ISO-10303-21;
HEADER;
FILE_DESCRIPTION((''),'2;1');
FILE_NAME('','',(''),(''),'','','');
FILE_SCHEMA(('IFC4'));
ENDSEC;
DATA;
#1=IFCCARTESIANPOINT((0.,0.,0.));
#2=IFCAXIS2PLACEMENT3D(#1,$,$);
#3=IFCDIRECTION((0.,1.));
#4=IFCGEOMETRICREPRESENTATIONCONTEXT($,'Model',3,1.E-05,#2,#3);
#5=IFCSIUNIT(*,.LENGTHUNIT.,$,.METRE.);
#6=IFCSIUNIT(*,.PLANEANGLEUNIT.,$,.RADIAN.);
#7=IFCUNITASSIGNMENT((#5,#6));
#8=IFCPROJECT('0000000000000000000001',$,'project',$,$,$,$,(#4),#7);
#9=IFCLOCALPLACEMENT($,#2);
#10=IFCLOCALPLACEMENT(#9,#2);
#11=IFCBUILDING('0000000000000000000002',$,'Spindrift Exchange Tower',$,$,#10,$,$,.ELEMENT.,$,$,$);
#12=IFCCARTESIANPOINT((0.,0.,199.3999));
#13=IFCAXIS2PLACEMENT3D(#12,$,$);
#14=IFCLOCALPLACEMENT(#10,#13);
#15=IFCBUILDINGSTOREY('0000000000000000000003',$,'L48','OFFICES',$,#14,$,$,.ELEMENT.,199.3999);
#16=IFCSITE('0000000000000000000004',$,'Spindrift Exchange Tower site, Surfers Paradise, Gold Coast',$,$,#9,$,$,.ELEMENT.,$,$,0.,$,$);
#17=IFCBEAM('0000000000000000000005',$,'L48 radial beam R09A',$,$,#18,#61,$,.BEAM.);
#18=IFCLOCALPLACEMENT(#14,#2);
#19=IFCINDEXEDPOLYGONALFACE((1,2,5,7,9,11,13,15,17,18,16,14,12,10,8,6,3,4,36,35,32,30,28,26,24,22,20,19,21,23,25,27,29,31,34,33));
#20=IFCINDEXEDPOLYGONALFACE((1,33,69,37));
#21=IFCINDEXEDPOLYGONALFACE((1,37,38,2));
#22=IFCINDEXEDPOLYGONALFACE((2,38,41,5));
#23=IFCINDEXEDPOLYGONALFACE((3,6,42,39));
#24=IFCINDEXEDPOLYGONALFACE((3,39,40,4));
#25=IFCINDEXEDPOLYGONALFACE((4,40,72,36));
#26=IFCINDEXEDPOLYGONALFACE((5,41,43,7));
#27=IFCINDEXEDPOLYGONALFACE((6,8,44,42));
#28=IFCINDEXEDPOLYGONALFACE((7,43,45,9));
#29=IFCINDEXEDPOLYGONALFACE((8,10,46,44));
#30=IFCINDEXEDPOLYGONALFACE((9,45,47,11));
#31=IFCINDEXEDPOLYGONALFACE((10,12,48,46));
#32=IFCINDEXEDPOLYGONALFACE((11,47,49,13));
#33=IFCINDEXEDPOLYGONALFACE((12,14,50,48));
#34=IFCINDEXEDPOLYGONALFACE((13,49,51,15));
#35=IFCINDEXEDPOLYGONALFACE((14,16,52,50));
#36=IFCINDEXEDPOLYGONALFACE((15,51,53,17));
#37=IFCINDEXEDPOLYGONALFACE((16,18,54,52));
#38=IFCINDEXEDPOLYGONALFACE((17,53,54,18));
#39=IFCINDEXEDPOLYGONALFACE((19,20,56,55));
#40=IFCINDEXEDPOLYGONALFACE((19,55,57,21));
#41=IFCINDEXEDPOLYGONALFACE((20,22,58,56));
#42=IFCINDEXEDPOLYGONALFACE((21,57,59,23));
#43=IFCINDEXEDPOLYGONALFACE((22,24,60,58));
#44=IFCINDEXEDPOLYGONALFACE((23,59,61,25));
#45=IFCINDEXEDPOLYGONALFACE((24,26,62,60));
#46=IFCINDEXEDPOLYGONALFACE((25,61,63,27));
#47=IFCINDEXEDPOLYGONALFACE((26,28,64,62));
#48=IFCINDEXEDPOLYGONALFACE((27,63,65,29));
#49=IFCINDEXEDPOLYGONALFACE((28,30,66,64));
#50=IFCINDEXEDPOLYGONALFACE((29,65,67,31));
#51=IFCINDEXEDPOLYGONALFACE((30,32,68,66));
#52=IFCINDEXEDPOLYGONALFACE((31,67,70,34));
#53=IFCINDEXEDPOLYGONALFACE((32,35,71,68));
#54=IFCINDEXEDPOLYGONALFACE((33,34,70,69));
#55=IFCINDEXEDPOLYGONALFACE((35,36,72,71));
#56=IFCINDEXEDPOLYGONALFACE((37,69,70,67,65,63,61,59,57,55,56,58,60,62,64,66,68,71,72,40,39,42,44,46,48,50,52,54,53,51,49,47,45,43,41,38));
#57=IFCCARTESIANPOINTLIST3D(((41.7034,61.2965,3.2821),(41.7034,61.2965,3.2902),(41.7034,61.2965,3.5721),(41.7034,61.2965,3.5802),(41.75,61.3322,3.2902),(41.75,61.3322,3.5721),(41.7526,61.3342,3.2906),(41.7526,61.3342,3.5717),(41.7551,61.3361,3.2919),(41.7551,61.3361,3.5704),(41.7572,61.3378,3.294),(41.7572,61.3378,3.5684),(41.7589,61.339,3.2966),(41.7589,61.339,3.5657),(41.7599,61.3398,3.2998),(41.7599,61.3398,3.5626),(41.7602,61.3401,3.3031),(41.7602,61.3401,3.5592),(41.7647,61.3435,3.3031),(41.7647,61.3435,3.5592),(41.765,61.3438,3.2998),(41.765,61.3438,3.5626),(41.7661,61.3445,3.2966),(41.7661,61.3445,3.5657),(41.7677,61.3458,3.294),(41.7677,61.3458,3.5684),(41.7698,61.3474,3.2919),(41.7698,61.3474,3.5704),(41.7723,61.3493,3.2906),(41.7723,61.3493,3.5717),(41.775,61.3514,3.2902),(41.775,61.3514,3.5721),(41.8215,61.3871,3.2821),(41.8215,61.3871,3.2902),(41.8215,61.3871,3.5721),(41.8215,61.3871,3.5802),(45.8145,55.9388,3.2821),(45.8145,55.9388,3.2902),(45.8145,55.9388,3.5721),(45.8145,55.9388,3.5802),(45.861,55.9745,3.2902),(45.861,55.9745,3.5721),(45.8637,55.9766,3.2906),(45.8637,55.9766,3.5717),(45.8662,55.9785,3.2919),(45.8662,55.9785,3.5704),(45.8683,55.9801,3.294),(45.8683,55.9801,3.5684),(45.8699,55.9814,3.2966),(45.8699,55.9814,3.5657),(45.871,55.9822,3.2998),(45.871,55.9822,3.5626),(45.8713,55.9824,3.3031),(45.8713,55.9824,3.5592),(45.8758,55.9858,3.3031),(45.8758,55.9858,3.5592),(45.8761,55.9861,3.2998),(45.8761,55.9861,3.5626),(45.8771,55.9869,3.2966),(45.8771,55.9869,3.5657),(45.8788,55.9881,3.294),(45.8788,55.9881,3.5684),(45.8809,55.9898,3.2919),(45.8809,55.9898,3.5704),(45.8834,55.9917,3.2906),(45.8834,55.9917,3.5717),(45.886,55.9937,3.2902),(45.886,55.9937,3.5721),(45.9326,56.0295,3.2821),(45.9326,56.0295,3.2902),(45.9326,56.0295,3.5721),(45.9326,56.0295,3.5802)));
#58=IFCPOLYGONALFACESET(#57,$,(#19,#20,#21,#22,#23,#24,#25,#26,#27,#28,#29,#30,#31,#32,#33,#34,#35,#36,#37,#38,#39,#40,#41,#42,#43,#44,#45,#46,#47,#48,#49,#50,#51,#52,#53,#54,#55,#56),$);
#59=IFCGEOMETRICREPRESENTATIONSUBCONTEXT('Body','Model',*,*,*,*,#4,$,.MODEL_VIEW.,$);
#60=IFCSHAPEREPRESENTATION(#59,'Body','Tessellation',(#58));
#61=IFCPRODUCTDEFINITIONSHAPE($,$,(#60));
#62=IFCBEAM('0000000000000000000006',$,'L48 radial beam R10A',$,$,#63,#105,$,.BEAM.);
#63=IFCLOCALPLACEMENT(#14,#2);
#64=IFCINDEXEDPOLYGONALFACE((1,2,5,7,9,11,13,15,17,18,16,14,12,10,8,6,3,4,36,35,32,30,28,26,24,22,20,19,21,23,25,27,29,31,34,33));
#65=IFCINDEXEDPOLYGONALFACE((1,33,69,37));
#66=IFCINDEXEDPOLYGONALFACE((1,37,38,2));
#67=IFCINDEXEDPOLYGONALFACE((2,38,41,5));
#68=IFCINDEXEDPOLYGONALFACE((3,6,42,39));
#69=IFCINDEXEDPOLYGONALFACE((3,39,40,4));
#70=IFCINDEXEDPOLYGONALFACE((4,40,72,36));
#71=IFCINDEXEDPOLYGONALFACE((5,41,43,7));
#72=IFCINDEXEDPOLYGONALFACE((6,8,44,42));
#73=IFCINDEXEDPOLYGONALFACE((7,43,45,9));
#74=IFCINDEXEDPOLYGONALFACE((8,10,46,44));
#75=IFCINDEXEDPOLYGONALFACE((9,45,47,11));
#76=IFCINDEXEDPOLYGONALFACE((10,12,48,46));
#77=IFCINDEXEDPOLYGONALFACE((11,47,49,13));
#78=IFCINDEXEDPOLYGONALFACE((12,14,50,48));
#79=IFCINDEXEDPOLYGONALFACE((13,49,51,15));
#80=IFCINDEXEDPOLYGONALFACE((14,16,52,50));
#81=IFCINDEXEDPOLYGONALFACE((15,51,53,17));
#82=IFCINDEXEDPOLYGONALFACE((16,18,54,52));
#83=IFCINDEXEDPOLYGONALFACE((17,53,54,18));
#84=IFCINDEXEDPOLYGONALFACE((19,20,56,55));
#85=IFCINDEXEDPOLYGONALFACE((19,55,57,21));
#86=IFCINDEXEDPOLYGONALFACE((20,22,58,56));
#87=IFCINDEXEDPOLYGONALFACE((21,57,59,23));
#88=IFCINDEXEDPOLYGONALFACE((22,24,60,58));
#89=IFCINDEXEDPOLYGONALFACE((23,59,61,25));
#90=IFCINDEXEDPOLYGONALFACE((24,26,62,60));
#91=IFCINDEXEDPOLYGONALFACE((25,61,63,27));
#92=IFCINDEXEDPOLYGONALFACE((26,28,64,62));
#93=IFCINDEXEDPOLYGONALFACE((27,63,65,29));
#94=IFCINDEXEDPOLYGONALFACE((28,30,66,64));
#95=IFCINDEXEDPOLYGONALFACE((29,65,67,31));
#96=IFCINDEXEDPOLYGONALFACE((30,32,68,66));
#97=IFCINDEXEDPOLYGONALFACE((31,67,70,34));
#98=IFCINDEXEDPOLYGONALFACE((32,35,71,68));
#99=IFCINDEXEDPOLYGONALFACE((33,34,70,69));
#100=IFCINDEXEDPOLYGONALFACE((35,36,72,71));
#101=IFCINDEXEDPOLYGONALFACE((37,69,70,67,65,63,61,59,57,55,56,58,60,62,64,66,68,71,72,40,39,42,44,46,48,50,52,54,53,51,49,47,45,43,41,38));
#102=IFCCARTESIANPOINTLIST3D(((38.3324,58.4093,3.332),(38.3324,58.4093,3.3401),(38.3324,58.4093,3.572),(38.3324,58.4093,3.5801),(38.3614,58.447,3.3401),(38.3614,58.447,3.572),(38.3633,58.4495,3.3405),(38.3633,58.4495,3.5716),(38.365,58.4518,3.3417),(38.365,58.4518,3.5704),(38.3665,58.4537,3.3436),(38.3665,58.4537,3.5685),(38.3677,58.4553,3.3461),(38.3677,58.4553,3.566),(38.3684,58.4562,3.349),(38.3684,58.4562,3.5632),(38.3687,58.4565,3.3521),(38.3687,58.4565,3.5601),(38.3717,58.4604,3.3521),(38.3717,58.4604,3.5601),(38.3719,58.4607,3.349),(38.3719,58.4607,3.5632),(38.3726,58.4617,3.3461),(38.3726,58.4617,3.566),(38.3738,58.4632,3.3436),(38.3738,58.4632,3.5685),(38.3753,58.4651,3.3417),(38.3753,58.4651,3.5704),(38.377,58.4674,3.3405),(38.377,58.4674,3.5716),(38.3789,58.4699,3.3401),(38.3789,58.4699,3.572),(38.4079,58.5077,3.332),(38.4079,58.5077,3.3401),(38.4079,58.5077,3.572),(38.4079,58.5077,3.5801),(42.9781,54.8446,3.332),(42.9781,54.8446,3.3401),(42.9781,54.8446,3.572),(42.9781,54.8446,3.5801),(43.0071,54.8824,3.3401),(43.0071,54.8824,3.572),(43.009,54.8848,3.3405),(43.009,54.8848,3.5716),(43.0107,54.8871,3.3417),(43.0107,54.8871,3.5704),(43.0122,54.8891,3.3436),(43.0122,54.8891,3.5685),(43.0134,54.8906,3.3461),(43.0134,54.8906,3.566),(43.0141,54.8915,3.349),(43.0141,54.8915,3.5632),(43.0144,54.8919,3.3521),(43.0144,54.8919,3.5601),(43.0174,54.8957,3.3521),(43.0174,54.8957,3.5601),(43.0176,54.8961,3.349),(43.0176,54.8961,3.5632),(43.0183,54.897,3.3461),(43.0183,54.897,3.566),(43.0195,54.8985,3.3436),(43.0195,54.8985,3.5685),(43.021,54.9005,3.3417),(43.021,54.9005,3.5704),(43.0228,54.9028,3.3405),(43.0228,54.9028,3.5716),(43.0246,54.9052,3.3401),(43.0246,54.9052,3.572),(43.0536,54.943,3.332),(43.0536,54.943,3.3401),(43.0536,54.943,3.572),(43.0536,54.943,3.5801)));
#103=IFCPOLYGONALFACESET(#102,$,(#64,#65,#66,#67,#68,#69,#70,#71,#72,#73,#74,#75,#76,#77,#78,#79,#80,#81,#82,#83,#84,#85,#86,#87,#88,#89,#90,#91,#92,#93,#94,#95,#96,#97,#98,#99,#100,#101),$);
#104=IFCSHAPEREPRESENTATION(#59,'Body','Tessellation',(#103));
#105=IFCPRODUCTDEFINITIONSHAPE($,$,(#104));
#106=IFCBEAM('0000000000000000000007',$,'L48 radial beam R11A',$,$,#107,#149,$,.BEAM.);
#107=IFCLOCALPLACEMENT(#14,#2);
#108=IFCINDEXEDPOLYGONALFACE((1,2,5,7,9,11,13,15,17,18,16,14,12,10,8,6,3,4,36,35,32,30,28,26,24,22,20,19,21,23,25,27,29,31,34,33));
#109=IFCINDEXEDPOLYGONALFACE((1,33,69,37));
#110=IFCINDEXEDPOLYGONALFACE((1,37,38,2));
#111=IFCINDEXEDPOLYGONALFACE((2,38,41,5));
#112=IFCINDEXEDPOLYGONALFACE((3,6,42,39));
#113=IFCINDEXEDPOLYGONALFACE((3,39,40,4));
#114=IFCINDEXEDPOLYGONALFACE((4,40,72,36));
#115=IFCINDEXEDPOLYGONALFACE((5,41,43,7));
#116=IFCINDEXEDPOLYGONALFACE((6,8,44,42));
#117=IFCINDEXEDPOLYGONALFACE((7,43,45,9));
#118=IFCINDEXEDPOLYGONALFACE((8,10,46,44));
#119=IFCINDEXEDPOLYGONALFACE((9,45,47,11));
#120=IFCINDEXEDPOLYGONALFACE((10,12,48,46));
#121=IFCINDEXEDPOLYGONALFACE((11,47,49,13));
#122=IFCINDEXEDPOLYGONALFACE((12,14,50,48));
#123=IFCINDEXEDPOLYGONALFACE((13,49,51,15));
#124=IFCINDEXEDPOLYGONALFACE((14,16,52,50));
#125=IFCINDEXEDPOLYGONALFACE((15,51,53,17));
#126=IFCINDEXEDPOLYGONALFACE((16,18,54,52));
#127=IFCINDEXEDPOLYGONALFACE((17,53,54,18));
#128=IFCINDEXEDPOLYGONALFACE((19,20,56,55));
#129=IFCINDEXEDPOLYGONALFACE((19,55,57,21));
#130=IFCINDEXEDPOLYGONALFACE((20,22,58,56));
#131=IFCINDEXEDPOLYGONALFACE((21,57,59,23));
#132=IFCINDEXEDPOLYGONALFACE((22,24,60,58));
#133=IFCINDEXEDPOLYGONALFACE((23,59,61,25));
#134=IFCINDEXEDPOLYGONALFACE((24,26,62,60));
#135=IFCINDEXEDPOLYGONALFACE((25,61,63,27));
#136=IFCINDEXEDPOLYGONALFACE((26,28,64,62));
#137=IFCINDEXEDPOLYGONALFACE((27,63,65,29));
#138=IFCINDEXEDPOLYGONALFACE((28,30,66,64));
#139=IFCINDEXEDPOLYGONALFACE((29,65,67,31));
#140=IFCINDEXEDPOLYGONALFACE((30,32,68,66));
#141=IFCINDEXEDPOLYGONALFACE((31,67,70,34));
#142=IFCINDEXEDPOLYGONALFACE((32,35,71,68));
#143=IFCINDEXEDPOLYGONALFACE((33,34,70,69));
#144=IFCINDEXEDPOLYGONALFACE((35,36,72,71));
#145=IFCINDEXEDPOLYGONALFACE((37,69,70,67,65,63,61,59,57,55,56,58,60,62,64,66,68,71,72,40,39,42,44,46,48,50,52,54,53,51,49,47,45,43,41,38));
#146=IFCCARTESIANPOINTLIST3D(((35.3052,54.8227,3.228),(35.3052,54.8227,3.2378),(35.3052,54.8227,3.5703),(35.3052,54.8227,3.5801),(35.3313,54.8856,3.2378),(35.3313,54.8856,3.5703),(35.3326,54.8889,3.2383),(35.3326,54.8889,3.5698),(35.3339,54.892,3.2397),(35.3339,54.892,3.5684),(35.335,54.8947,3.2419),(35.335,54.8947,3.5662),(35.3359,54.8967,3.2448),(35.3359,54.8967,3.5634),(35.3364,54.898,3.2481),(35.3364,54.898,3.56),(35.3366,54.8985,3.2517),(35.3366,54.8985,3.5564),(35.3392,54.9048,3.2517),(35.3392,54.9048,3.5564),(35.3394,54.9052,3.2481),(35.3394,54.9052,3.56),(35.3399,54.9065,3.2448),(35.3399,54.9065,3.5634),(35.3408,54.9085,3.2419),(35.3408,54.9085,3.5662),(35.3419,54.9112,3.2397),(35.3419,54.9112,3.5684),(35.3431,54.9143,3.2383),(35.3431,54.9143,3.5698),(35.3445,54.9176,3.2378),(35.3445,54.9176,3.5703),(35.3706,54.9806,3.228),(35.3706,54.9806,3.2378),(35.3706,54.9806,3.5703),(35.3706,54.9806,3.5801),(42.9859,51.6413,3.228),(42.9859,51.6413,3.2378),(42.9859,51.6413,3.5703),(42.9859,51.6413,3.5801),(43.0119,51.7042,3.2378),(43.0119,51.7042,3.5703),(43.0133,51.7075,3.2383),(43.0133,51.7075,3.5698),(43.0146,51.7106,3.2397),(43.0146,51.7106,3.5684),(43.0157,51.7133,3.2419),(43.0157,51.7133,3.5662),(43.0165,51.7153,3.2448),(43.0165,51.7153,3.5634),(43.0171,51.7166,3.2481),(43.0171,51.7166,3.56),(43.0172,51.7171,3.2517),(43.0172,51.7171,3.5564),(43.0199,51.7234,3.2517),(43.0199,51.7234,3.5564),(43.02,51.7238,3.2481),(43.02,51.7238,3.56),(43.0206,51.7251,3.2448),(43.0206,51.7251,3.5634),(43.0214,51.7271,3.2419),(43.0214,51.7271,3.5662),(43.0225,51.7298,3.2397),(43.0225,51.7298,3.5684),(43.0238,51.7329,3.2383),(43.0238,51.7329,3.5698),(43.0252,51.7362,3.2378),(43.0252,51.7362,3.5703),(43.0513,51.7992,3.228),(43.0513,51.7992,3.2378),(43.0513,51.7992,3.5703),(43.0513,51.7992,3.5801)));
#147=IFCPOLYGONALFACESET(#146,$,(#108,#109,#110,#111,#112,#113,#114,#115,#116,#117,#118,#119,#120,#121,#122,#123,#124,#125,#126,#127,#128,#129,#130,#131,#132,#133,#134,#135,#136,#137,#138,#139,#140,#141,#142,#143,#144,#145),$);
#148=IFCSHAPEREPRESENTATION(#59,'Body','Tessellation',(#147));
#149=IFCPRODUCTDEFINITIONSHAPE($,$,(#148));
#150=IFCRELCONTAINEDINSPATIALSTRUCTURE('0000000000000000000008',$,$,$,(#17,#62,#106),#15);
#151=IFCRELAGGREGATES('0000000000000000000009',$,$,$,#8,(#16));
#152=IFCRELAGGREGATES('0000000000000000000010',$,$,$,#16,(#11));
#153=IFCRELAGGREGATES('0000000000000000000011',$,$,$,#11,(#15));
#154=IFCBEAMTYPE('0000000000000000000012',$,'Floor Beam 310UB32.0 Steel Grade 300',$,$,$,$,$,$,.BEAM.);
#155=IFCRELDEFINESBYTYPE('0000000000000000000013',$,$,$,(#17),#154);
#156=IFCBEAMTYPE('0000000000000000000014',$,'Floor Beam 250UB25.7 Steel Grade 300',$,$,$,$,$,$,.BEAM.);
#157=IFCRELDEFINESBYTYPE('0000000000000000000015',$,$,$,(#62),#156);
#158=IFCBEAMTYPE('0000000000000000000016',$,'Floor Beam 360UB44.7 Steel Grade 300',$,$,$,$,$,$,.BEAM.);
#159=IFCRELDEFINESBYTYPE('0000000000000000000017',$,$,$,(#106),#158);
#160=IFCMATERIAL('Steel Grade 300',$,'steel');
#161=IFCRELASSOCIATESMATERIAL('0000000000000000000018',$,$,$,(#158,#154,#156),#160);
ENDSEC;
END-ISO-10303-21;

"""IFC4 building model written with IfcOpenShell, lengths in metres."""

from ifc_helpers import new_model, si_unit, direction, frame, origin, origin_2d, place, context, subcontext, project, spatial, i_section, extrude, source, transform, mapped, material, material_profile, profile_set, type_object, element, save


model = new_model("IFC4")

# Units and contexts
model_context = context("Model", 3, precision=1e-05, world=origin(), true_north=direction((0.0, 1.0)))
body_context = subcontext(model_context, "Body", "Model", "MODEL_VIEW")
ifc_project = project(units=[si_unit("LENGTHUNIT", "METRE"), si_unit("PLANEANGLEUNIT", "RADIAN")], contexts=[model_context])

# Site, building, storey
site_placement = place(None, origin())
site = spatial("IfcSite", under=ifc_project, at=site_placement, Name="Spindrift Exchange Tower site, Surfers Paradise, Gold Coast", CompositionType="ELEMENT", RefElevation=0.0)
building_placement = place(site_placement, origin())
building = spatial("IfcBuilding", under=site, at=building_placement, Name="Spindrift Exchange Tower", CompositionType="ELEMENT")
storey_placement = place(building_placement, frame((0.0, 0.0, 199.3999)))
storey = spatial("IfcBuildingStorey", under=building, at=storey_placement, Name="L48", Description="OFFICES", CompositionType="ELEMENT", Elevation=199.3999)

# Beams
ifc_material_1 = material(Name="Steel Grade 300", Category="steel")
ifc_material_profile_1 = material_profile(ifc_material_1, i_section(OverallWidth=0.1709, OverallDepth=0.3521, WebThickness=0.0068, FlangeThickness=0.0098, FilletRadius=0.0139, at=origin_2d()), Name="360UB44.7")
ifc_profile_set_1 = profile_set([ifc_material_profile_1], Name="Steel Grade 300")
beam_type_1 = type_object("IfcBeamType", Name="Floor Beam 360UB44.7 Steel Grade 300", PredefinedType="BEAM", material=ifc_profile_set_1)
ifc_material_profile_2 = material_profile(ifc_material_1, i_section(OverallWidth=0.1489, OverallDepth=0.2981, WebThickness=0.0056, FlangeThickness=0.0081, FilletRadius=0.0129, at=origin_2d()), Name="310UB32.0")
ifc_profile_set_2 = profile_set([ifc_material_profile_2], Name="Steel Grade 300")
beam_type_2 = type_object("IfcBeamType", Name="Floor Beam 310UB32.0 Steel Grade 300", PredefinedType="BEAM", material=ifc_profile_set_2)
shared_shape_1 = source(origin(), body_context, "Body", "SweptSolid", [
    extrude(i_section(OverallWidth=0.1489, OverallDepth=0.2981, WebThickness=0.0056, FlangeThickness=0.0081, FilletRadius=0.0129, at=origin_2d()), origin(), (0.0, 0.0, 1.0), 6.7532),
])
beam_1_placement = place(storey_placement, frame((45.8735, 55.9841, 3.4312), z_axis=(-0.608762, 0.793353, 0.0), x_axis=(-0.793353, -0.608762, 0.0)))
element("IfcBeam", 1, at=beam_1_placement, inside=storey, type_object=beam_type_2, Name="L48 radial beam R09A", PredefinedType="BEAM", context=body_context, shape_type="MappedRepresentation", body=[
    mapped(shared_shape_1, transform((0.0, 0.0, 0.0), scale=1.0)),
])
ifc_material_profile_3 = material_profile(ifc_material_1, i_section(OverallWidth=0.124, OverallDepth=0.248, WebThickness=0.0049, FlangeThickness=0.0081, FilletRadius=0.012, at=origin_2d()), Name="250UB25.7")
ifc_profile_set_3 = profile_set([ifc_material_profile_3], Name="Steel Grade 300")
beam_type_3 = type_object("IfcBeamType", Name="Floor Beam 250UB25.7 Steel Grade 300", PredefinedType="BEAM", material=ifc_profile_set_3)
shared_shape_2 = source(origin(), body_context, "Body", "SweptSolid", [
    extrude(i_section(OverallWidth=0.124, OverallDepth=0.248, WebThickness=0.0049, FlangeThickness=0.0081, FilletRadius=0.012, at=origin_2d()), origin(), (0.0, 0.0, 1.0), 5.8557),
])
beam_2_placement = place(storey_placement, frame((43.0159, 54.8938, 3.4561), z_axis=(-0.793363, 0.608749, 0.0), x_axis=(-0.608749, -0.793363, 0.0)))
element("IfcBeam", 2, at=beam_2_placement, inside=storey, type_object=beam_type_3, Name="L48 radial beam R10A", PredefinedType="BEAM", context=body_context, shape_type="MappedRepresentation", body=[
    mapped(shared_shape_2, transform((0.0, 0.0, 0.0), scale=1.0)),
])
shared_shape_3 = source(origin(), body_context, "Body", "SweptSolid", [
    extrude(i_section(OverallWidth=0.1709, OverallDepth=0.3521, WebThickness=0.0068, FlangeThickness=0.0098, FilletRadius=0.0139, at=origin_2d()), origin(), (0.0, 0.0, 1.0), 8.3135),
])
beam_3_placement = place(storey_placement, frame((43.0186, 51.7202, 3.4041), z_axis=(-0.923881, 0.382679, 0.0), x_axis=(-0.382679, -0.923881, 0.0)))
element("IfcBeam", 3, at=beam_3_placement, inside=storey, type_object=beam_type_1, Name="L48 radial beam R11A", PredefinedType="BEAM", context=body_context, shape_type="MappedRepresentation", body=[
    mapped(shared_shape_3, transform((0.0, 0.0, 0.0), scale=1.0)),
])

save(model, "model.ifc")
